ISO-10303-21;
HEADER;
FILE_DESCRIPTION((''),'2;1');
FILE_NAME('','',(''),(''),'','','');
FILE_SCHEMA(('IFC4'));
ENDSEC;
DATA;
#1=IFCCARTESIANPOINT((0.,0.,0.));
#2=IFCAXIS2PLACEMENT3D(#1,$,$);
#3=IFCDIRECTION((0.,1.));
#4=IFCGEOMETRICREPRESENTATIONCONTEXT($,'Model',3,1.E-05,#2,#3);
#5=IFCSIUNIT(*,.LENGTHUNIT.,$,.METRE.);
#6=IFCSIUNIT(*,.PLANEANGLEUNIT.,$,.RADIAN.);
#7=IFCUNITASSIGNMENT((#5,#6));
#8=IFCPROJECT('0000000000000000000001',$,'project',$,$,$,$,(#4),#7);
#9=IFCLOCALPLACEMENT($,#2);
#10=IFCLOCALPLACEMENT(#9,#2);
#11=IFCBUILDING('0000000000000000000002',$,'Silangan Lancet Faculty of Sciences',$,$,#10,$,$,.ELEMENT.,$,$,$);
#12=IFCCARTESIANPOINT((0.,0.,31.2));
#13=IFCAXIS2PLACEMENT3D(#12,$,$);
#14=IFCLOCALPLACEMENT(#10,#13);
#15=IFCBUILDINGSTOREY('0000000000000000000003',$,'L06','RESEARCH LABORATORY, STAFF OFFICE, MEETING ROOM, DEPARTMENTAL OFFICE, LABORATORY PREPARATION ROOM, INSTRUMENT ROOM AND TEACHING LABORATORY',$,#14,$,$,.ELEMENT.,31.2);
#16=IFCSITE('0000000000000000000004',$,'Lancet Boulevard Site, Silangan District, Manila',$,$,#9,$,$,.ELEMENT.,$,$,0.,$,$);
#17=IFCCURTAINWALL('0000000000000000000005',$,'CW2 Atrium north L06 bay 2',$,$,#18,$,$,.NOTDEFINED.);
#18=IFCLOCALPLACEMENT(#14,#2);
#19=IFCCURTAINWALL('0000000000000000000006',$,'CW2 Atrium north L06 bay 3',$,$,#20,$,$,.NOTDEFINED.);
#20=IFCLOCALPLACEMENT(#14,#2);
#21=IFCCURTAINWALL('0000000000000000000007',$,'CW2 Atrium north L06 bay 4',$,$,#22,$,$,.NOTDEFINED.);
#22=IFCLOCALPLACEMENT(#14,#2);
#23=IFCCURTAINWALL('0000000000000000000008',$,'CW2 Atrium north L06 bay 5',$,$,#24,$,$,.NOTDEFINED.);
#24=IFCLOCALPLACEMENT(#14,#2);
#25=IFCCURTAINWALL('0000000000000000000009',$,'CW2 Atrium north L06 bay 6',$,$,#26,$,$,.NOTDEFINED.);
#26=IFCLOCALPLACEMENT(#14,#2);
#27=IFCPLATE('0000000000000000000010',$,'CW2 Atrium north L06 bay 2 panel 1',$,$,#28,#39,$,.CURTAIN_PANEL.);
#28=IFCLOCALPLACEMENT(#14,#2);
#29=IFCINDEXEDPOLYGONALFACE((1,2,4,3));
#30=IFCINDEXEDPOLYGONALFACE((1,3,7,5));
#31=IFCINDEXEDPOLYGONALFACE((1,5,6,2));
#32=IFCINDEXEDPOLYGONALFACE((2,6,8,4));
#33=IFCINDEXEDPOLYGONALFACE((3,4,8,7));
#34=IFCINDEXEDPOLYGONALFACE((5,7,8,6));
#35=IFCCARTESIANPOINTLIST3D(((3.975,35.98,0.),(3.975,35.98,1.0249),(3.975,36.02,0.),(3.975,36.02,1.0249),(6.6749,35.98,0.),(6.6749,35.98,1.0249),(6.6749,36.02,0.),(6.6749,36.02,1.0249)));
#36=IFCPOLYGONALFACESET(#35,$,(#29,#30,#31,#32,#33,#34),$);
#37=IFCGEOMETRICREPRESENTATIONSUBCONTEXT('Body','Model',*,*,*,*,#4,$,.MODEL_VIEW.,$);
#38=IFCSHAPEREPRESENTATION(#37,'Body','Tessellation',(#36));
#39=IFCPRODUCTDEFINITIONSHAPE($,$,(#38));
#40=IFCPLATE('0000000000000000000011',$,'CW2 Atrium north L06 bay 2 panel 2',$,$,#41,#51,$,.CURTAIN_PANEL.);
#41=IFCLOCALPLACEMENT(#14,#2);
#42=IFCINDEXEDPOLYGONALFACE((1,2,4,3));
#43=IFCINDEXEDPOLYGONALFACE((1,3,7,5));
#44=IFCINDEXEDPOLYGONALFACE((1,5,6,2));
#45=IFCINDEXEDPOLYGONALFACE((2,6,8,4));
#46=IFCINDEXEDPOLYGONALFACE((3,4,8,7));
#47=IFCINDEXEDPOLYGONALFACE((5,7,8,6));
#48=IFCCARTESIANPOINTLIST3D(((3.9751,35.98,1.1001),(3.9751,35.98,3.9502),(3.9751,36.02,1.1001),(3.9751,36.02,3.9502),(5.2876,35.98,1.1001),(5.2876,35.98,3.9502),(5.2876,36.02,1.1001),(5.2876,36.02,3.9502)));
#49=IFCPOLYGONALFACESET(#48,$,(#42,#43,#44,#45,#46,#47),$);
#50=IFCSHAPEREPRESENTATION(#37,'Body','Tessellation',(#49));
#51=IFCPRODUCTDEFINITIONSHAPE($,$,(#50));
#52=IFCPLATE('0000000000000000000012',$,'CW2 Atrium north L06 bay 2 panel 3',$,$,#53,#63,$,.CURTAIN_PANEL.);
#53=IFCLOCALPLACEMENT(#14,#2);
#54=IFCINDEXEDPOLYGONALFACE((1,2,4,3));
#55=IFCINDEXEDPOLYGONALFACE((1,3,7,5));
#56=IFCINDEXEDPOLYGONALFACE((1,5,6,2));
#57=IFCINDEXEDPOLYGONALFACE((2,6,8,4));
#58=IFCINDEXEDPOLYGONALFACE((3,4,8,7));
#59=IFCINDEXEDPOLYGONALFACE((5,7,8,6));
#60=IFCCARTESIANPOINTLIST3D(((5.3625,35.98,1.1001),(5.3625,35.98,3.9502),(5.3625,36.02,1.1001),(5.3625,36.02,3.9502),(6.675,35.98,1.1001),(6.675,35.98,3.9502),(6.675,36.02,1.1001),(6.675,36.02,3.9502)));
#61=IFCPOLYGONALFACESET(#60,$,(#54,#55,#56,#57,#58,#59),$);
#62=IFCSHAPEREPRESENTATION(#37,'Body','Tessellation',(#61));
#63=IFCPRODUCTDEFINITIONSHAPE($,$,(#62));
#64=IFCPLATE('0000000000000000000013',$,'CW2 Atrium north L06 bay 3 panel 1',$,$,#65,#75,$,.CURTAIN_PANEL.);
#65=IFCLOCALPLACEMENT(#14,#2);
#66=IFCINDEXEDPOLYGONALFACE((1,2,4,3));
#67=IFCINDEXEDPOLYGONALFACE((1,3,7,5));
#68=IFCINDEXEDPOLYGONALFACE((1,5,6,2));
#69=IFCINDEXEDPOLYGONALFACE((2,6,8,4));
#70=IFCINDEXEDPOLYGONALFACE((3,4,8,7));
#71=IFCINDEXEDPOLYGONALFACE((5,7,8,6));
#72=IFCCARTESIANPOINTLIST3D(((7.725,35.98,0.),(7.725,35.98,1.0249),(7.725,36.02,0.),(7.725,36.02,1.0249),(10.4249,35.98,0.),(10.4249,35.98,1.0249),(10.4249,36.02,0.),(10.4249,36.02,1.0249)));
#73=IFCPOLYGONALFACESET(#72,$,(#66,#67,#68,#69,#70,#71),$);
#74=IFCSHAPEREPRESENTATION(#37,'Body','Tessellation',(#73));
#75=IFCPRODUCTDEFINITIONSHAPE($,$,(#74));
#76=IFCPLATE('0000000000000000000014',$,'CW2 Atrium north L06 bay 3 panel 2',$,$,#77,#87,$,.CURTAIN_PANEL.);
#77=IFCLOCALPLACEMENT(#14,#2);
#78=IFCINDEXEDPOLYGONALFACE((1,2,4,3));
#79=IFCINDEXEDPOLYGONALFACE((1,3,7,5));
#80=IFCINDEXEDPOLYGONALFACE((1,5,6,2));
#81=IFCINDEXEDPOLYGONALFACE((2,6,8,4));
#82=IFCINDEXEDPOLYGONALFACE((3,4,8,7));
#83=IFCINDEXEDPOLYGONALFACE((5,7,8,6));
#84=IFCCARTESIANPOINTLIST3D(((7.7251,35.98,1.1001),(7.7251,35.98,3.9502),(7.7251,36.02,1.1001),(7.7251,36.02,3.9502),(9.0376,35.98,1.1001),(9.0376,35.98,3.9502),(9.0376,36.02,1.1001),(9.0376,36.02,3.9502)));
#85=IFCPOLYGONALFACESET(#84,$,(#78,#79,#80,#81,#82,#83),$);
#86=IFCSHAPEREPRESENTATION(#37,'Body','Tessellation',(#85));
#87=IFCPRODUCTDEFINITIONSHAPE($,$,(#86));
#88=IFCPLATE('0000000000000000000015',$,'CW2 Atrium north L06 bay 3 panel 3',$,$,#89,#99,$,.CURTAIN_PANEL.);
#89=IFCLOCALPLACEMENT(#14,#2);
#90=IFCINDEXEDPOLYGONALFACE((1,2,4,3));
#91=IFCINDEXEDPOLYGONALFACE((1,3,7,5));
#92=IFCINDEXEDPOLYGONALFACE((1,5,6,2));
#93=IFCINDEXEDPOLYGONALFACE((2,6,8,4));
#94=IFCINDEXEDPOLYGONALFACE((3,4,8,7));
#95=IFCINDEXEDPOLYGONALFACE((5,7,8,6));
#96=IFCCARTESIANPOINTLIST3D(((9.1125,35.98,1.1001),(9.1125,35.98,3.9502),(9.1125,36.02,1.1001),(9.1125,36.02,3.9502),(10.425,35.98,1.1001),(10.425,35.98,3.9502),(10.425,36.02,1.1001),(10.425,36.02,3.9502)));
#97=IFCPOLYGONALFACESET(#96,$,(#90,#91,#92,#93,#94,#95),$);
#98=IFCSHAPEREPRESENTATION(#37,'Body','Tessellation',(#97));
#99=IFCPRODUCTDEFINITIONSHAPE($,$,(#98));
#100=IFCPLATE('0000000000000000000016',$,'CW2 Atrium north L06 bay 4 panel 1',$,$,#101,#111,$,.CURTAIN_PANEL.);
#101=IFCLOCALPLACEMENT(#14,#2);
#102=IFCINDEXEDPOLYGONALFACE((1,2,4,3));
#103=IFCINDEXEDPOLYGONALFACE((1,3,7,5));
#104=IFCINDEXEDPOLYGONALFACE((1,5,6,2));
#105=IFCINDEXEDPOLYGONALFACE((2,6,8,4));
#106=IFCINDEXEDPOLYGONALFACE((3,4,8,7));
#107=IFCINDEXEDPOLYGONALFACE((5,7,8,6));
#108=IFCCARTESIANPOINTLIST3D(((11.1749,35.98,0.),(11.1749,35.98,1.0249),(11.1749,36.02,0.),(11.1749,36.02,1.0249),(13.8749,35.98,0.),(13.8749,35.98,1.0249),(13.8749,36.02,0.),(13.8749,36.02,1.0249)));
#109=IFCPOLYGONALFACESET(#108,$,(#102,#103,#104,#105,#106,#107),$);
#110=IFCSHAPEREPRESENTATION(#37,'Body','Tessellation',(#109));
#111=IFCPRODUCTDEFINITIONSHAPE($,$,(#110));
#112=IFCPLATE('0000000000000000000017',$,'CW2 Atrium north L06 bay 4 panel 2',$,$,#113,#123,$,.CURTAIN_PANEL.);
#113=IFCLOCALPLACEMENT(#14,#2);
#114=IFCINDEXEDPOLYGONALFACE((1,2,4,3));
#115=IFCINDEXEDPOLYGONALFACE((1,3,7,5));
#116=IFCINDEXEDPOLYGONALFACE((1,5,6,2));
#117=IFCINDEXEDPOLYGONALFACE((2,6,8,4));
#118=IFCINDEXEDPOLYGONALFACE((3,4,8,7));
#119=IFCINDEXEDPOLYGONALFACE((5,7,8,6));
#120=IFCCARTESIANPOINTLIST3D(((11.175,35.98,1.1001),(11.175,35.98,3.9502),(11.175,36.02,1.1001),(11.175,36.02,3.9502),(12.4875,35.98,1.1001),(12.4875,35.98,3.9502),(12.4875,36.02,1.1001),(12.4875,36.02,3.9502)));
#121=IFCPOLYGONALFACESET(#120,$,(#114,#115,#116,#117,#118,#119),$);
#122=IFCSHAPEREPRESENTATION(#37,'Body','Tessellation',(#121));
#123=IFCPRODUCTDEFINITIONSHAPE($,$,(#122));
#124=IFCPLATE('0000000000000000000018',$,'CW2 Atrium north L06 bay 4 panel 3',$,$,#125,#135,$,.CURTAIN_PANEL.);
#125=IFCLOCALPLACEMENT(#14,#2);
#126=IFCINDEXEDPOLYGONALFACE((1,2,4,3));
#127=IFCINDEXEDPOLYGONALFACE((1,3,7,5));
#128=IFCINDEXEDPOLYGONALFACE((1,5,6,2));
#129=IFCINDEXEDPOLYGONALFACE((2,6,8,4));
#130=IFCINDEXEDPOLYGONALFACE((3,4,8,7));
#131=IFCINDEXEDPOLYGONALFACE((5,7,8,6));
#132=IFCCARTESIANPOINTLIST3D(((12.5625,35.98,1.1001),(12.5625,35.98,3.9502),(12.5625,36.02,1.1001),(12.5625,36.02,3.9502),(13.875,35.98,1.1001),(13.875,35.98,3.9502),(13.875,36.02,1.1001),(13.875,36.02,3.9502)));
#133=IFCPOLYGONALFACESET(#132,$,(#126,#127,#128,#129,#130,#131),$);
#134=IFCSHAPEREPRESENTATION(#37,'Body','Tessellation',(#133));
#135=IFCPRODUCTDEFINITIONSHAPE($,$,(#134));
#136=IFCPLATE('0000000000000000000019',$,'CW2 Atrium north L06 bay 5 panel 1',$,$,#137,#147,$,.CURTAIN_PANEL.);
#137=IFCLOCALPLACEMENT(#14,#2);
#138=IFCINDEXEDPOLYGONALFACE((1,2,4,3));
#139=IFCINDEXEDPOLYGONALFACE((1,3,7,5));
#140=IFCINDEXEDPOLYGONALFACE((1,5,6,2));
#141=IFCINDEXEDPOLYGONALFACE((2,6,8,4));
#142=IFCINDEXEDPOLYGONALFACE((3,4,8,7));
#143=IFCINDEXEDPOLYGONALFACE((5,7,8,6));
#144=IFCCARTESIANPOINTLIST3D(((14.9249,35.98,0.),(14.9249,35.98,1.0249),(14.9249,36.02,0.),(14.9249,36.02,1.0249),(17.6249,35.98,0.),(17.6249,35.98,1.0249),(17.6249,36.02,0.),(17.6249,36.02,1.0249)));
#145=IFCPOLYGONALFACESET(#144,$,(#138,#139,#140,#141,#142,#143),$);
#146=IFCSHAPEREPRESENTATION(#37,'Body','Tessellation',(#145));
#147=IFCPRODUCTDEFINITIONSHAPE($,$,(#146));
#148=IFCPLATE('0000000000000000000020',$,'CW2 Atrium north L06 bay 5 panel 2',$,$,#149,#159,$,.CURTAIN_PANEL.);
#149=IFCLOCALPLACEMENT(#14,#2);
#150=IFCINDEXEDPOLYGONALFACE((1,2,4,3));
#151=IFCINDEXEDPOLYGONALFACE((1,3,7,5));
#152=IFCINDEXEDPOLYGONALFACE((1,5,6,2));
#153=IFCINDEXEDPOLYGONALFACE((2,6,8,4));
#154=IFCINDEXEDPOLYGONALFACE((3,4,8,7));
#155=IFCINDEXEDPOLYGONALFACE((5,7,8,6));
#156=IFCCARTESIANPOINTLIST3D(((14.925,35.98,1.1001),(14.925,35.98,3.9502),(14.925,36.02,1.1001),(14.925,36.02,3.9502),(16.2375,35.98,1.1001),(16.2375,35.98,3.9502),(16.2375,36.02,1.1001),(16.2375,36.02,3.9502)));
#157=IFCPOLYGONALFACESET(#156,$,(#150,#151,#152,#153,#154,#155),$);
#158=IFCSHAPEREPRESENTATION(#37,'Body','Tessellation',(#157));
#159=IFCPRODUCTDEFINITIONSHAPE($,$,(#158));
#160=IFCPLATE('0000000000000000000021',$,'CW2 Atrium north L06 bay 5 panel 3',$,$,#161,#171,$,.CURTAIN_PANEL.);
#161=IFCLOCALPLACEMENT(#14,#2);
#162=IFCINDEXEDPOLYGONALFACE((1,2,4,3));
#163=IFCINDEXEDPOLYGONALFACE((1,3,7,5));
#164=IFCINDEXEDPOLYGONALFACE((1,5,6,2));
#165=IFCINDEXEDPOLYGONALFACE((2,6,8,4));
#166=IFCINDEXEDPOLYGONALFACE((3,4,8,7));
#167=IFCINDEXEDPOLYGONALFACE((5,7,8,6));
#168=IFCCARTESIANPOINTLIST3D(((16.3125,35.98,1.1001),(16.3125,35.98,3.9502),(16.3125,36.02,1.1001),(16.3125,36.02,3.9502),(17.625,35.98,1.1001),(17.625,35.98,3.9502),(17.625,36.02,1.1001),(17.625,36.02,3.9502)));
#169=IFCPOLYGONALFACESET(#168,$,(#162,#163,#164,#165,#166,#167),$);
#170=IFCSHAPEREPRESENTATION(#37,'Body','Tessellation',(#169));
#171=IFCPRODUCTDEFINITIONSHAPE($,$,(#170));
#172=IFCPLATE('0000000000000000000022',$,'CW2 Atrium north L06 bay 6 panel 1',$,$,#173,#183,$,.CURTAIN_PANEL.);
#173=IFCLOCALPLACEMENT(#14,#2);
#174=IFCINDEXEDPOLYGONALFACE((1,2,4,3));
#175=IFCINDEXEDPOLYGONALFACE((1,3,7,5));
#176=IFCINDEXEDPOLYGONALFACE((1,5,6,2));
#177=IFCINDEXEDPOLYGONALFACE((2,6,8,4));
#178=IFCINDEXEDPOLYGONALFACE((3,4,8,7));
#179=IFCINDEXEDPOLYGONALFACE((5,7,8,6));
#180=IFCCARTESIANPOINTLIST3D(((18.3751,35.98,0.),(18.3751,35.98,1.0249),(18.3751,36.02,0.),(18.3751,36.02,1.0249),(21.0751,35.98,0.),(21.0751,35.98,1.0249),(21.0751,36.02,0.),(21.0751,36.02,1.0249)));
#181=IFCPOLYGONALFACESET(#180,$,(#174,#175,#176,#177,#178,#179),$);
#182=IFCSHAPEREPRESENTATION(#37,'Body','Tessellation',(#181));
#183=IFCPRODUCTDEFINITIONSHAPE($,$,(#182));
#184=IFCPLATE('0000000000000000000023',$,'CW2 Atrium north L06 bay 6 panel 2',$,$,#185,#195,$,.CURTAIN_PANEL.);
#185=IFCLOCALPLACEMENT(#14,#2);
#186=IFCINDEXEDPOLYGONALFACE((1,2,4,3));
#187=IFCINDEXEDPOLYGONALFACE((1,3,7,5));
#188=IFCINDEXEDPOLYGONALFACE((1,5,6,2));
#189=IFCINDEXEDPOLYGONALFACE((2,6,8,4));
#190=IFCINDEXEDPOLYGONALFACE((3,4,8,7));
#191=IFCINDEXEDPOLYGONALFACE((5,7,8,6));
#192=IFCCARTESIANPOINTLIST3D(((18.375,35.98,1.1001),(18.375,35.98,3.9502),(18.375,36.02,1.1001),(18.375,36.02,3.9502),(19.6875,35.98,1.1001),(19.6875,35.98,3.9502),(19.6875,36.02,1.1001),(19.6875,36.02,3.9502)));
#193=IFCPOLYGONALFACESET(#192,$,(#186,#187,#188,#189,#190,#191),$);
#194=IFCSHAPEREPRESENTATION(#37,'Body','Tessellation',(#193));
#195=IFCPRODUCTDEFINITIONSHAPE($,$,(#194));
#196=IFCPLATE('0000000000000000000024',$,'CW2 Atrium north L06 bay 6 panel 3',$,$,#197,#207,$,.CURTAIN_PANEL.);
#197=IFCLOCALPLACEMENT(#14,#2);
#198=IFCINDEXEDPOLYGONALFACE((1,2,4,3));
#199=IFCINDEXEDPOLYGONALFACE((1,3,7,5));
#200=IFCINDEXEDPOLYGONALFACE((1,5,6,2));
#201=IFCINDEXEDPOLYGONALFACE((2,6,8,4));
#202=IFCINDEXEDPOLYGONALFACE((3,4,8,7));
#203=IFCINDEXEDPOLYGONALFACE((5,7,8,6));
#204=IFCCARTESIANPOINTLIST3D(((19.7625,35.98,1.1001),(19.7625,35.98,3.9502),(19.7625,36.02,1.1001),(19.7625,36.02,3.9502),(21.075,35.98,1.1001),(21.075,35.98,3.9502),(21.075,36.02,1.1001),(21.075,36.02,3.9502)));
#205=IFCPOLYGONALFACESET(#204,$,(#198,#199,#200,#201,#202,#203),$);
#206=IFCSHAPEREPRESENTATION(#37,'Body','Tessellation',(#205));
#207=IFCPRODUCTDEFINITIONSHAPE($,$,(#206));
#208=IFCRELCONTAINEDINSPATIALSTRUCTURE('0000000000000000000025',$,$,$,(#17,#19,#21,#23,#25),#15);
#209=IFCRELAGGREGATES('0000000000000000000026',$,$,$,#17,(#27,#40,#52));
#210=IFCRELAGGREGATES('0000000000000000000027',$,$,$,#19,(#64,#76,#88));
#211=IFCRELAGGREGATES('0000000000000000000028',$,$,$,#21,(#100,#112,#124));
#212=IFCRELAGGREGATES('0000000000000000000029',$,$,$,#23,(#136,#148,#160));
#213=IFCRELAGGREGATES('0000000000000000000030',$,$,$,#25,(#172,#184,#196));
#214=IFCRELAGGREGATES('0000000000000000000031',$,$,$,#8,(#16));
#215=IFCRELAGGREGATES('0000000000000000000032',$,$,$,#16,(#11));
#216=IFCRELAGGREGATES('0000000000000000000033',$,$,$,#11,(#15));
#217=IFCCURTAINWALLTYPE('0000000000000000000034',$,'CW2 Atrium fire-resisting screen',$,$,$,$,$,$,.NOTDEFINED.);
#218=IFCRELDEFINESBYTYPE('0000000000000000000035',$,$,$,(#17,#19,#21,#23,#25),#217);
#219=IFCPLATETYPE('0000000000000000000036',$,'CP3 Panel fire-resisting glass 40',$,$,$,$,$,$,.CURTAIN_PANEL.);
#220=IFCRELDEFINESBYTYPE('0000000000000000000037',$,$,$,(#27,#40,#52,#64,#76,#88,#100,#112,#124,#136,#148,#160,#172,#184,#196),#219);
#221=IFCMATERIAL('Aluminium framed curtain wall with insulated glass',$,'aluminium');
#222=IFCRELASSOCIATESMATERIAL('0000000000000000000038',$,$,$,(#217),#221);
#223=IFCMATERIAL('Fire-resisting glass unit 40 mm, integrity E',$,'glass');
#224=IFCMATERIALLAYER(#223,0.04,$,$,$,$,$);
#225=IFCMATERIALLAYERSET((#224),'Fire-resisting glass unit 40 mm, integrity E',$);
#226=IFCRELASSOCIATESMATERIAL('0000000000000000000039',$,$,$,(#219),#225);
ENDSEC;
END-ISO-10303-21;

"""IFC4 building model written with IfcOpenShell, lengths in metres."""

from ifc_helpers import new_model, si_unit, direction, frame, origin, origin_2d, place, context, subcontext, project, spatial, rectangle, extrude, material, layer, layer_set, type_object, element, aggregate, save


model = new_model("IFC4")

# Units and contexts
model_context = context("Model", 3, precision=1e-05, world=origin(), true_north=direction((0.0, 1.0)))
body_context = subcontext(model_context, "Body", "Model", "MODEL_VIEW")
ifc_project = project(units=[si_unit("LENGTHUNIT", "METRE"), si_unit("PLANEANGLEUNIT", "RADIAN")], contexts=[model_context])

# Site, building, storey
site_placement = place(None, origin())
site = spatial("IfcSite", under=ifc_project, at=site_placement, Name="Lancet Boulevard Site, Silangan District, Manila", CompositionType="ELEMENT", RefElevation=0.0)
building_placement = place(site_placement, origin())
building = spatial("IfcBuilding", under=site, at=building_placement, Name="Silangan Lancet Faculty of Sciences", CompositionType="ELEMENT")
storey_placement = place(building_placement, frame((0.0, 0.0, 31.2)))
storey = spatial("IfcBuildingStorey", under=building, at=storey_placement, Name="L06", Description="RESEARCH LABORATORY, STAFF OFFICE, MEETING ROOM, DEPARTMENTAL OFFICE, LABORATORY PREPARATION ROOM, INSTRUMENT ROOM AND TEACHING LABORATORY", CompositionType="ELEMENT", Elevation=31.2)

# Curtain walls
ifc_material_1 = material(Name="Aluminium framed curtain wall with insulated glass", Category="aluminium")
curtain_wall_type = type_object("IfcCurtainWallType", Name="CW2 Atrium fire-resisting screen", PredefinedType="NOTDEFINED", material=ifc_material_1)
curtain_wall_1_placement = place(storey_placement, origin())
curtain_wall_1 = element("IfcCurtainWall", 1, at=curtain_wall_1_placement, inside=storey, type_object=curtain_wall_type, Name="CW2 Atrium north L06 bay 2", PredefinedType="NOTDEFINED")
curtain_wall_2_placement = place(storey_placement, origin())
curtain_wall_2 = element("IfcCurtainWall", 2, at=curtain_wall_2_placement, inside=storey, type_object=curtain_wall_type, Name="CW2 Atrium north L06 bay 3", PredefinedType="NOTDEFINED")
curtain_wall_3_placement = place(storey_placement, origin())
curtain_wall_3 = element("IfcCurtainWall", 3, at=curtain_wall_3_placement, inside=storey, type_object=curtain_wall_type, Name="CW2 Atrium north L06 bay 4", PredefinedType="NOTDEFINED")
curtain_wall_4_placement = place(storey_placement, origin())
curtain_wall_4 = element("IfcCurtainWall", 4, at=curtain_wall_4_placement, inside=storey, type_object=curtain_wall_type, Name="CW2 Atrium north L06 bay 5", PredefinedType="NOTDEFINED")
curtain_wall_5_placement = place(storey_placement, origin())
curtain_wall_5 = element("IfcCurtainWall", 5, at=curtain_wall_5_placement, inside=storey, type_object=curtain_wall_type, Name="CW2 Atrium north L06 bay 6", PredefinedType="NOTDEFINED")

# Plates
ifc_material_2 = material(Name="Fire-resisting glass unit 40 mm, integrity E", Category="glass")
ifc_layer = layer(ifc_material_2, 0.04)
ifc_layer_set = layer_set([ifc_layer], Name="Fire-resisting glass unit 40 mm, integrity E")
plate_type = type_object("IfcPlateType", Name="CP3 Panel fire-resisting glass 40", PredefinedType="CURTAIN_PANEL", material=ifc_layer_set)
plate_1_placement = place(storey_placement, frame((5.325, 36.0, 0.0), z_axis=(0.0, 0.0, 1.0), x_axis=(1.0, 0.0, 0.0)))
plate_1 = element("IfcPlate", 6, at=plate_1_placement, type_object=plate_type, Name="CW2 Atrium north L06 bay 2 panel 1", PredefinedType="CURTAIN_PANEL", context=body_context, shape_type="SweptSolid", body=[
    extrude(rectangle(XDim=2.7, YDim=0.04, at=origin_2d()), origin(), (0.0, 0.0, 1.0), 1.0249),
])
plate_2_placement = place(storey_placement, frame((4.6313, 36.0, 1.1001), z_axis=(0.0, 0.0, 1.0), x_axis=(1.0, 0.0, 0.0)))
plate_2 = element("IfcPlate", 7, at=plate_2_placement, type_object=plate_type, Name="CW2 Atrium north L06 bay 2 panel 2", PredefinedType="CURTAIN_PANEL", context=body_context, shape_type="SweptSolid", body=[
    extrude(rectangle(XDim=1.3125, YDim=0.04, at=origin_2d()), origin(), (0.0, 0.0, 1.0), 2.8501),
])
plate_3_placement = place(storey_placement, frame((6.0188, 36.0, 1.1001), z_axis=(0.0, 0.0, 1.0), x_axis=(1.0, 0.0, 0.0)))
plate_3 = element("IfcPlate", 8, at=plate_3_placement, type_object=plate_type, Name="CW2 Atrium north L06 bay 2 panel 3", PredefinedType="CURTAIN_PANEL", context=body_context, shape_type="SweptSolid", body=[
    extrude(rectangle(XDim=1.3125, YDim=0.04, at=origin_2d()), origin(), (0.0, 0.0, 1.0), 2.8501),
])
aggregate(curtain_wall_1, [plate_1, plate_2, plate_3])
plate_4_placement = place(storey_placement, frame((9.075, 36.0, 0.0), z_axis=(0.0, 0.0, 1.0), x_axis=(1.0, 0.0, 0.0)))
plate_4 = element("IfcPlate", 9, at=plate_4_placement, type_object=plate_type, Name="CW2 Atrium north L06 bay 3 panel 1", PredefinedType="CURTAIN_PANEL", context=body_context, shape_type="SweptSolid", body=[
    extrude(rectangle(XDim=2.7, YDim=0.04, at=origin_2d()), origin(), (0.0, 0.0, 1.0), 1.0249),
])
plate_5_placement = place(storey_placement, frame((8.3813, 36.0, 1.1001), z_axis=(0.0, 0.0, 1.0), x_axis=(1.0, 0.0, 0.0)))
plate_5 = element("IfcPlate", 10, at=plate_5_placement, type_object=plate_type, Name="CW2 Atrium north L06 bay 3 panel 2", PredefinedType="CURTAIN_PANEL", context=body_context, shape_type="SweptSolid", body=[
    extrude(rectangle(XDim=1.3125, YDim=0.04, at=origin_2d()), origin(), (0.0, 0.0, 1.0), 2.8501),
])
plate_6_placement = place(storey_placement, frame((9.7688, 36.0, 1.1001), z_axis=(0.0, 0.0, 1.0), x_axis=(1.0, 0.0, 0.0)))
plate_6 = element("IfcPlate", 11, at=plate_6_placement, type_object=plate_type, Name="CW2 Atrium north L06 bay 3 panel 3", PredefinedType="CURTAIN_PANEL", context=body_context, shape_type="SweptSolid", body=[
    extrude(rectangle(XDim=1.3125, YDim=0.04, at=origin_2d()), origin(), (0.0, 0.0, 1.0), 2.8501),
])
aggregate(curtain_wall_2, [plate_4, plate_5, plate_6])
plate_7_placement = place(storey_placement, frame((12.5249, 36.0, 0.0), z_axis=(0.0, 0.0, 1.0), x_axis=(1.0, 0.0, 0.0)))
plate_7 = element("IfcPlate", 12, at=plate_7_placement, type_object=plate_type, Name="CW2 Atrium north L06 bay 4 panel 1", PredefinedType="CURTAIN_PANEL", context=body_context, shape_type="SweptSolid", body=[
    extrude(rectangle(XDim=2.7, YDim=0.04, at=origin_2d()), origin(), (0.0, 0.0, 1.0), 1.0249),
])
plate_8_placement = place(storey_placement, frame((11.8313, 36.0, 1.1001), z_axis=(0.0, 0.0, 1.0), x_axis=(1.0, 0.0, 0.0)))
plate_8 = element("IfcPlate", 13, at=plate_8_placement, type_object=plate_type, Name="CW2 Atrium north L06 bay 4 panel 2", PredefinedType="CURTAIN_PANEL", context=body_context, shape_type="SweptSolid", body=[
    extrude(rectangle(XDim=1.3125, YDim=0.04, at=origin_2d()), origin(), (0.0, 0.0, 1.0), 2.8501),
])
plate_9_placement = place(storey_placement, frame((13.2188, 36.0, 1.1001), z_axis=(0.0, 0.0, 1.0), x_axis=(1.0, 0.0, 0.0)))
plate_9 = element("IfcPlate", 14, at=plate_9_placement, type_object=plate_type, Name="CW2 Atrium north L06 bay 4 panel 3", PredefinedType="CURTAIN_PANEL", context=body_context, shape_type="SweptSolid", body=[
    extrude(rectangle(XDim=1.3125, YDim=0.04, at=origin_2d()), origin(), (0.0, 0.0, 1.0), 2.8501),
])
aggregate(curtain_wall_3, [plate_7, plate_8, plate_9])
plate_10_placement = place(storey_placement, frame((16.2749, 36.0, 0.0), z_axis=(0.0, 0.0, 1.0), x_axis=(1.0, 0.0, 0.0)))
plate_10 = element("IfcPlate", 15, at=plate_10_placement, type_object=plate_type, Name="CW2 Atrium north L06 bay 5 panel 1", PredefinedType="CURTAIN_PANEL", context=body_context, shape_type="SweptSolid", body=[
    extrude(rectangle(XDim=2.7, YDim=0.04, at=origin_2d()), origin(), (0.0, 0.0, 1.0), 1.0249),
])
plate_11_placement = place(storey_placement, frame((15.5813, 36.0, 1.1001), z_axis=(0.0, 0.0, 1.0), x_axis=(1.0, 0.0, 0.0)))
plate_11 = element("IfcPlate", 16, at=plate_11_placement, type_object=plate_type, Name="CW2 Atrium north L06 bay 5 panel 2", PredefinedType="CURTAIN_PANEL", context=body_context, shape_type="SweptSolid", body=[
    extrude(rectangle(XDim=1.3125, YDim=0.04, at=origin_2d()), origin(), (0.0, 0.0, 1.0), 2.8501),
])
plate_12_placement = place(storey_placement, frame((16.9688, 36.0, 1.1001), z_axis=(0.0, 0.0, 1.0), x_axis=(1.0, 0.0, 0.0)))
plate_12 = element("IfcPlate", 17, at=plate_12_placement, type_object=plate_type, Name="CW2 Atrium north L06 bay 5 panel 3", PredefinedType="CURTAIN_PANEL", context=body_context, shape_type="SweptSolid", body=[
    extrude(rectangle(XDim=1.3125, YDim=0.04, at=origin_2d()), origin(), (0.0, 0.0, 1.0), 2.8501),
])
aggregate(curtain_wall_4, [plate_10, plate_11, plate_12])
plate_13_placement = place(storey_placement, frame((19.7251, 36.0, 0.0), z_axis=(0.0, 0.0, 1.0), x_axis=(1.0, 0.0, 0.0)))
plate_13 = element("IfcPlate", 18, at=plate_13_placement, type_object=plate_type, Name="CW2 Atrium north L06 bay 6 panel 1", PredefinedType="CURTAIN_PANEL", context=body_context, shape_type="SweptSolid", body=[
    extrude(rectangle(XDim=2.7, YDim=0.04, at=origin_2d()), origin(), (0.0, 0.0, 1.0), 1.0249),
])
plate_14_placement = place(storey_placement, frame((19.0312, 36.0, 1.1001), z_axis=(0.0, 0.0, 1.0), x_axis=(1.0, 0.0, 0.0)))
plate_14 = element("IfcPlate", 19, at=plate_14_placement, type_object=plate_type, Name="CW2 Atrium north L06 bay 6 panel 2", PredefinedType="CURTAIN_PANEL", context=body_context, shape_type="SweptSolid", body=[
    extrude(rectangle(XDim=1.3125, YDim=0.04, at=origin_2d()), origin(), (0.0, 0.0, 1.0), 2.8501),
])
plate_15_placement = place(storey_placement, frame((20.4187, 36.0, 1.1001), z_axis=(0.0, 0.0, 1.0), x_axis=(1.0, 0.0, 0.0)))
plate_15 = element("IfcPlate", 20, at=plate_15_placement, type_object=plate_type, Name="CW2 Atrium north L06 bay 6 panel 3", PredefinedType="CURTAIN_PANEL", context=body_context, shape_type="SweptSolid", body=[
    extrude(rectangle(XDim=1.3125, YDim=0.04, at=origin_2d()), origin(), (0.0, 0.0, 1.0), 2.8501),
])
aggregate(curtain_wall_5, [plate_13, plate_14, plate_15])

save(model, "model.ifc")
